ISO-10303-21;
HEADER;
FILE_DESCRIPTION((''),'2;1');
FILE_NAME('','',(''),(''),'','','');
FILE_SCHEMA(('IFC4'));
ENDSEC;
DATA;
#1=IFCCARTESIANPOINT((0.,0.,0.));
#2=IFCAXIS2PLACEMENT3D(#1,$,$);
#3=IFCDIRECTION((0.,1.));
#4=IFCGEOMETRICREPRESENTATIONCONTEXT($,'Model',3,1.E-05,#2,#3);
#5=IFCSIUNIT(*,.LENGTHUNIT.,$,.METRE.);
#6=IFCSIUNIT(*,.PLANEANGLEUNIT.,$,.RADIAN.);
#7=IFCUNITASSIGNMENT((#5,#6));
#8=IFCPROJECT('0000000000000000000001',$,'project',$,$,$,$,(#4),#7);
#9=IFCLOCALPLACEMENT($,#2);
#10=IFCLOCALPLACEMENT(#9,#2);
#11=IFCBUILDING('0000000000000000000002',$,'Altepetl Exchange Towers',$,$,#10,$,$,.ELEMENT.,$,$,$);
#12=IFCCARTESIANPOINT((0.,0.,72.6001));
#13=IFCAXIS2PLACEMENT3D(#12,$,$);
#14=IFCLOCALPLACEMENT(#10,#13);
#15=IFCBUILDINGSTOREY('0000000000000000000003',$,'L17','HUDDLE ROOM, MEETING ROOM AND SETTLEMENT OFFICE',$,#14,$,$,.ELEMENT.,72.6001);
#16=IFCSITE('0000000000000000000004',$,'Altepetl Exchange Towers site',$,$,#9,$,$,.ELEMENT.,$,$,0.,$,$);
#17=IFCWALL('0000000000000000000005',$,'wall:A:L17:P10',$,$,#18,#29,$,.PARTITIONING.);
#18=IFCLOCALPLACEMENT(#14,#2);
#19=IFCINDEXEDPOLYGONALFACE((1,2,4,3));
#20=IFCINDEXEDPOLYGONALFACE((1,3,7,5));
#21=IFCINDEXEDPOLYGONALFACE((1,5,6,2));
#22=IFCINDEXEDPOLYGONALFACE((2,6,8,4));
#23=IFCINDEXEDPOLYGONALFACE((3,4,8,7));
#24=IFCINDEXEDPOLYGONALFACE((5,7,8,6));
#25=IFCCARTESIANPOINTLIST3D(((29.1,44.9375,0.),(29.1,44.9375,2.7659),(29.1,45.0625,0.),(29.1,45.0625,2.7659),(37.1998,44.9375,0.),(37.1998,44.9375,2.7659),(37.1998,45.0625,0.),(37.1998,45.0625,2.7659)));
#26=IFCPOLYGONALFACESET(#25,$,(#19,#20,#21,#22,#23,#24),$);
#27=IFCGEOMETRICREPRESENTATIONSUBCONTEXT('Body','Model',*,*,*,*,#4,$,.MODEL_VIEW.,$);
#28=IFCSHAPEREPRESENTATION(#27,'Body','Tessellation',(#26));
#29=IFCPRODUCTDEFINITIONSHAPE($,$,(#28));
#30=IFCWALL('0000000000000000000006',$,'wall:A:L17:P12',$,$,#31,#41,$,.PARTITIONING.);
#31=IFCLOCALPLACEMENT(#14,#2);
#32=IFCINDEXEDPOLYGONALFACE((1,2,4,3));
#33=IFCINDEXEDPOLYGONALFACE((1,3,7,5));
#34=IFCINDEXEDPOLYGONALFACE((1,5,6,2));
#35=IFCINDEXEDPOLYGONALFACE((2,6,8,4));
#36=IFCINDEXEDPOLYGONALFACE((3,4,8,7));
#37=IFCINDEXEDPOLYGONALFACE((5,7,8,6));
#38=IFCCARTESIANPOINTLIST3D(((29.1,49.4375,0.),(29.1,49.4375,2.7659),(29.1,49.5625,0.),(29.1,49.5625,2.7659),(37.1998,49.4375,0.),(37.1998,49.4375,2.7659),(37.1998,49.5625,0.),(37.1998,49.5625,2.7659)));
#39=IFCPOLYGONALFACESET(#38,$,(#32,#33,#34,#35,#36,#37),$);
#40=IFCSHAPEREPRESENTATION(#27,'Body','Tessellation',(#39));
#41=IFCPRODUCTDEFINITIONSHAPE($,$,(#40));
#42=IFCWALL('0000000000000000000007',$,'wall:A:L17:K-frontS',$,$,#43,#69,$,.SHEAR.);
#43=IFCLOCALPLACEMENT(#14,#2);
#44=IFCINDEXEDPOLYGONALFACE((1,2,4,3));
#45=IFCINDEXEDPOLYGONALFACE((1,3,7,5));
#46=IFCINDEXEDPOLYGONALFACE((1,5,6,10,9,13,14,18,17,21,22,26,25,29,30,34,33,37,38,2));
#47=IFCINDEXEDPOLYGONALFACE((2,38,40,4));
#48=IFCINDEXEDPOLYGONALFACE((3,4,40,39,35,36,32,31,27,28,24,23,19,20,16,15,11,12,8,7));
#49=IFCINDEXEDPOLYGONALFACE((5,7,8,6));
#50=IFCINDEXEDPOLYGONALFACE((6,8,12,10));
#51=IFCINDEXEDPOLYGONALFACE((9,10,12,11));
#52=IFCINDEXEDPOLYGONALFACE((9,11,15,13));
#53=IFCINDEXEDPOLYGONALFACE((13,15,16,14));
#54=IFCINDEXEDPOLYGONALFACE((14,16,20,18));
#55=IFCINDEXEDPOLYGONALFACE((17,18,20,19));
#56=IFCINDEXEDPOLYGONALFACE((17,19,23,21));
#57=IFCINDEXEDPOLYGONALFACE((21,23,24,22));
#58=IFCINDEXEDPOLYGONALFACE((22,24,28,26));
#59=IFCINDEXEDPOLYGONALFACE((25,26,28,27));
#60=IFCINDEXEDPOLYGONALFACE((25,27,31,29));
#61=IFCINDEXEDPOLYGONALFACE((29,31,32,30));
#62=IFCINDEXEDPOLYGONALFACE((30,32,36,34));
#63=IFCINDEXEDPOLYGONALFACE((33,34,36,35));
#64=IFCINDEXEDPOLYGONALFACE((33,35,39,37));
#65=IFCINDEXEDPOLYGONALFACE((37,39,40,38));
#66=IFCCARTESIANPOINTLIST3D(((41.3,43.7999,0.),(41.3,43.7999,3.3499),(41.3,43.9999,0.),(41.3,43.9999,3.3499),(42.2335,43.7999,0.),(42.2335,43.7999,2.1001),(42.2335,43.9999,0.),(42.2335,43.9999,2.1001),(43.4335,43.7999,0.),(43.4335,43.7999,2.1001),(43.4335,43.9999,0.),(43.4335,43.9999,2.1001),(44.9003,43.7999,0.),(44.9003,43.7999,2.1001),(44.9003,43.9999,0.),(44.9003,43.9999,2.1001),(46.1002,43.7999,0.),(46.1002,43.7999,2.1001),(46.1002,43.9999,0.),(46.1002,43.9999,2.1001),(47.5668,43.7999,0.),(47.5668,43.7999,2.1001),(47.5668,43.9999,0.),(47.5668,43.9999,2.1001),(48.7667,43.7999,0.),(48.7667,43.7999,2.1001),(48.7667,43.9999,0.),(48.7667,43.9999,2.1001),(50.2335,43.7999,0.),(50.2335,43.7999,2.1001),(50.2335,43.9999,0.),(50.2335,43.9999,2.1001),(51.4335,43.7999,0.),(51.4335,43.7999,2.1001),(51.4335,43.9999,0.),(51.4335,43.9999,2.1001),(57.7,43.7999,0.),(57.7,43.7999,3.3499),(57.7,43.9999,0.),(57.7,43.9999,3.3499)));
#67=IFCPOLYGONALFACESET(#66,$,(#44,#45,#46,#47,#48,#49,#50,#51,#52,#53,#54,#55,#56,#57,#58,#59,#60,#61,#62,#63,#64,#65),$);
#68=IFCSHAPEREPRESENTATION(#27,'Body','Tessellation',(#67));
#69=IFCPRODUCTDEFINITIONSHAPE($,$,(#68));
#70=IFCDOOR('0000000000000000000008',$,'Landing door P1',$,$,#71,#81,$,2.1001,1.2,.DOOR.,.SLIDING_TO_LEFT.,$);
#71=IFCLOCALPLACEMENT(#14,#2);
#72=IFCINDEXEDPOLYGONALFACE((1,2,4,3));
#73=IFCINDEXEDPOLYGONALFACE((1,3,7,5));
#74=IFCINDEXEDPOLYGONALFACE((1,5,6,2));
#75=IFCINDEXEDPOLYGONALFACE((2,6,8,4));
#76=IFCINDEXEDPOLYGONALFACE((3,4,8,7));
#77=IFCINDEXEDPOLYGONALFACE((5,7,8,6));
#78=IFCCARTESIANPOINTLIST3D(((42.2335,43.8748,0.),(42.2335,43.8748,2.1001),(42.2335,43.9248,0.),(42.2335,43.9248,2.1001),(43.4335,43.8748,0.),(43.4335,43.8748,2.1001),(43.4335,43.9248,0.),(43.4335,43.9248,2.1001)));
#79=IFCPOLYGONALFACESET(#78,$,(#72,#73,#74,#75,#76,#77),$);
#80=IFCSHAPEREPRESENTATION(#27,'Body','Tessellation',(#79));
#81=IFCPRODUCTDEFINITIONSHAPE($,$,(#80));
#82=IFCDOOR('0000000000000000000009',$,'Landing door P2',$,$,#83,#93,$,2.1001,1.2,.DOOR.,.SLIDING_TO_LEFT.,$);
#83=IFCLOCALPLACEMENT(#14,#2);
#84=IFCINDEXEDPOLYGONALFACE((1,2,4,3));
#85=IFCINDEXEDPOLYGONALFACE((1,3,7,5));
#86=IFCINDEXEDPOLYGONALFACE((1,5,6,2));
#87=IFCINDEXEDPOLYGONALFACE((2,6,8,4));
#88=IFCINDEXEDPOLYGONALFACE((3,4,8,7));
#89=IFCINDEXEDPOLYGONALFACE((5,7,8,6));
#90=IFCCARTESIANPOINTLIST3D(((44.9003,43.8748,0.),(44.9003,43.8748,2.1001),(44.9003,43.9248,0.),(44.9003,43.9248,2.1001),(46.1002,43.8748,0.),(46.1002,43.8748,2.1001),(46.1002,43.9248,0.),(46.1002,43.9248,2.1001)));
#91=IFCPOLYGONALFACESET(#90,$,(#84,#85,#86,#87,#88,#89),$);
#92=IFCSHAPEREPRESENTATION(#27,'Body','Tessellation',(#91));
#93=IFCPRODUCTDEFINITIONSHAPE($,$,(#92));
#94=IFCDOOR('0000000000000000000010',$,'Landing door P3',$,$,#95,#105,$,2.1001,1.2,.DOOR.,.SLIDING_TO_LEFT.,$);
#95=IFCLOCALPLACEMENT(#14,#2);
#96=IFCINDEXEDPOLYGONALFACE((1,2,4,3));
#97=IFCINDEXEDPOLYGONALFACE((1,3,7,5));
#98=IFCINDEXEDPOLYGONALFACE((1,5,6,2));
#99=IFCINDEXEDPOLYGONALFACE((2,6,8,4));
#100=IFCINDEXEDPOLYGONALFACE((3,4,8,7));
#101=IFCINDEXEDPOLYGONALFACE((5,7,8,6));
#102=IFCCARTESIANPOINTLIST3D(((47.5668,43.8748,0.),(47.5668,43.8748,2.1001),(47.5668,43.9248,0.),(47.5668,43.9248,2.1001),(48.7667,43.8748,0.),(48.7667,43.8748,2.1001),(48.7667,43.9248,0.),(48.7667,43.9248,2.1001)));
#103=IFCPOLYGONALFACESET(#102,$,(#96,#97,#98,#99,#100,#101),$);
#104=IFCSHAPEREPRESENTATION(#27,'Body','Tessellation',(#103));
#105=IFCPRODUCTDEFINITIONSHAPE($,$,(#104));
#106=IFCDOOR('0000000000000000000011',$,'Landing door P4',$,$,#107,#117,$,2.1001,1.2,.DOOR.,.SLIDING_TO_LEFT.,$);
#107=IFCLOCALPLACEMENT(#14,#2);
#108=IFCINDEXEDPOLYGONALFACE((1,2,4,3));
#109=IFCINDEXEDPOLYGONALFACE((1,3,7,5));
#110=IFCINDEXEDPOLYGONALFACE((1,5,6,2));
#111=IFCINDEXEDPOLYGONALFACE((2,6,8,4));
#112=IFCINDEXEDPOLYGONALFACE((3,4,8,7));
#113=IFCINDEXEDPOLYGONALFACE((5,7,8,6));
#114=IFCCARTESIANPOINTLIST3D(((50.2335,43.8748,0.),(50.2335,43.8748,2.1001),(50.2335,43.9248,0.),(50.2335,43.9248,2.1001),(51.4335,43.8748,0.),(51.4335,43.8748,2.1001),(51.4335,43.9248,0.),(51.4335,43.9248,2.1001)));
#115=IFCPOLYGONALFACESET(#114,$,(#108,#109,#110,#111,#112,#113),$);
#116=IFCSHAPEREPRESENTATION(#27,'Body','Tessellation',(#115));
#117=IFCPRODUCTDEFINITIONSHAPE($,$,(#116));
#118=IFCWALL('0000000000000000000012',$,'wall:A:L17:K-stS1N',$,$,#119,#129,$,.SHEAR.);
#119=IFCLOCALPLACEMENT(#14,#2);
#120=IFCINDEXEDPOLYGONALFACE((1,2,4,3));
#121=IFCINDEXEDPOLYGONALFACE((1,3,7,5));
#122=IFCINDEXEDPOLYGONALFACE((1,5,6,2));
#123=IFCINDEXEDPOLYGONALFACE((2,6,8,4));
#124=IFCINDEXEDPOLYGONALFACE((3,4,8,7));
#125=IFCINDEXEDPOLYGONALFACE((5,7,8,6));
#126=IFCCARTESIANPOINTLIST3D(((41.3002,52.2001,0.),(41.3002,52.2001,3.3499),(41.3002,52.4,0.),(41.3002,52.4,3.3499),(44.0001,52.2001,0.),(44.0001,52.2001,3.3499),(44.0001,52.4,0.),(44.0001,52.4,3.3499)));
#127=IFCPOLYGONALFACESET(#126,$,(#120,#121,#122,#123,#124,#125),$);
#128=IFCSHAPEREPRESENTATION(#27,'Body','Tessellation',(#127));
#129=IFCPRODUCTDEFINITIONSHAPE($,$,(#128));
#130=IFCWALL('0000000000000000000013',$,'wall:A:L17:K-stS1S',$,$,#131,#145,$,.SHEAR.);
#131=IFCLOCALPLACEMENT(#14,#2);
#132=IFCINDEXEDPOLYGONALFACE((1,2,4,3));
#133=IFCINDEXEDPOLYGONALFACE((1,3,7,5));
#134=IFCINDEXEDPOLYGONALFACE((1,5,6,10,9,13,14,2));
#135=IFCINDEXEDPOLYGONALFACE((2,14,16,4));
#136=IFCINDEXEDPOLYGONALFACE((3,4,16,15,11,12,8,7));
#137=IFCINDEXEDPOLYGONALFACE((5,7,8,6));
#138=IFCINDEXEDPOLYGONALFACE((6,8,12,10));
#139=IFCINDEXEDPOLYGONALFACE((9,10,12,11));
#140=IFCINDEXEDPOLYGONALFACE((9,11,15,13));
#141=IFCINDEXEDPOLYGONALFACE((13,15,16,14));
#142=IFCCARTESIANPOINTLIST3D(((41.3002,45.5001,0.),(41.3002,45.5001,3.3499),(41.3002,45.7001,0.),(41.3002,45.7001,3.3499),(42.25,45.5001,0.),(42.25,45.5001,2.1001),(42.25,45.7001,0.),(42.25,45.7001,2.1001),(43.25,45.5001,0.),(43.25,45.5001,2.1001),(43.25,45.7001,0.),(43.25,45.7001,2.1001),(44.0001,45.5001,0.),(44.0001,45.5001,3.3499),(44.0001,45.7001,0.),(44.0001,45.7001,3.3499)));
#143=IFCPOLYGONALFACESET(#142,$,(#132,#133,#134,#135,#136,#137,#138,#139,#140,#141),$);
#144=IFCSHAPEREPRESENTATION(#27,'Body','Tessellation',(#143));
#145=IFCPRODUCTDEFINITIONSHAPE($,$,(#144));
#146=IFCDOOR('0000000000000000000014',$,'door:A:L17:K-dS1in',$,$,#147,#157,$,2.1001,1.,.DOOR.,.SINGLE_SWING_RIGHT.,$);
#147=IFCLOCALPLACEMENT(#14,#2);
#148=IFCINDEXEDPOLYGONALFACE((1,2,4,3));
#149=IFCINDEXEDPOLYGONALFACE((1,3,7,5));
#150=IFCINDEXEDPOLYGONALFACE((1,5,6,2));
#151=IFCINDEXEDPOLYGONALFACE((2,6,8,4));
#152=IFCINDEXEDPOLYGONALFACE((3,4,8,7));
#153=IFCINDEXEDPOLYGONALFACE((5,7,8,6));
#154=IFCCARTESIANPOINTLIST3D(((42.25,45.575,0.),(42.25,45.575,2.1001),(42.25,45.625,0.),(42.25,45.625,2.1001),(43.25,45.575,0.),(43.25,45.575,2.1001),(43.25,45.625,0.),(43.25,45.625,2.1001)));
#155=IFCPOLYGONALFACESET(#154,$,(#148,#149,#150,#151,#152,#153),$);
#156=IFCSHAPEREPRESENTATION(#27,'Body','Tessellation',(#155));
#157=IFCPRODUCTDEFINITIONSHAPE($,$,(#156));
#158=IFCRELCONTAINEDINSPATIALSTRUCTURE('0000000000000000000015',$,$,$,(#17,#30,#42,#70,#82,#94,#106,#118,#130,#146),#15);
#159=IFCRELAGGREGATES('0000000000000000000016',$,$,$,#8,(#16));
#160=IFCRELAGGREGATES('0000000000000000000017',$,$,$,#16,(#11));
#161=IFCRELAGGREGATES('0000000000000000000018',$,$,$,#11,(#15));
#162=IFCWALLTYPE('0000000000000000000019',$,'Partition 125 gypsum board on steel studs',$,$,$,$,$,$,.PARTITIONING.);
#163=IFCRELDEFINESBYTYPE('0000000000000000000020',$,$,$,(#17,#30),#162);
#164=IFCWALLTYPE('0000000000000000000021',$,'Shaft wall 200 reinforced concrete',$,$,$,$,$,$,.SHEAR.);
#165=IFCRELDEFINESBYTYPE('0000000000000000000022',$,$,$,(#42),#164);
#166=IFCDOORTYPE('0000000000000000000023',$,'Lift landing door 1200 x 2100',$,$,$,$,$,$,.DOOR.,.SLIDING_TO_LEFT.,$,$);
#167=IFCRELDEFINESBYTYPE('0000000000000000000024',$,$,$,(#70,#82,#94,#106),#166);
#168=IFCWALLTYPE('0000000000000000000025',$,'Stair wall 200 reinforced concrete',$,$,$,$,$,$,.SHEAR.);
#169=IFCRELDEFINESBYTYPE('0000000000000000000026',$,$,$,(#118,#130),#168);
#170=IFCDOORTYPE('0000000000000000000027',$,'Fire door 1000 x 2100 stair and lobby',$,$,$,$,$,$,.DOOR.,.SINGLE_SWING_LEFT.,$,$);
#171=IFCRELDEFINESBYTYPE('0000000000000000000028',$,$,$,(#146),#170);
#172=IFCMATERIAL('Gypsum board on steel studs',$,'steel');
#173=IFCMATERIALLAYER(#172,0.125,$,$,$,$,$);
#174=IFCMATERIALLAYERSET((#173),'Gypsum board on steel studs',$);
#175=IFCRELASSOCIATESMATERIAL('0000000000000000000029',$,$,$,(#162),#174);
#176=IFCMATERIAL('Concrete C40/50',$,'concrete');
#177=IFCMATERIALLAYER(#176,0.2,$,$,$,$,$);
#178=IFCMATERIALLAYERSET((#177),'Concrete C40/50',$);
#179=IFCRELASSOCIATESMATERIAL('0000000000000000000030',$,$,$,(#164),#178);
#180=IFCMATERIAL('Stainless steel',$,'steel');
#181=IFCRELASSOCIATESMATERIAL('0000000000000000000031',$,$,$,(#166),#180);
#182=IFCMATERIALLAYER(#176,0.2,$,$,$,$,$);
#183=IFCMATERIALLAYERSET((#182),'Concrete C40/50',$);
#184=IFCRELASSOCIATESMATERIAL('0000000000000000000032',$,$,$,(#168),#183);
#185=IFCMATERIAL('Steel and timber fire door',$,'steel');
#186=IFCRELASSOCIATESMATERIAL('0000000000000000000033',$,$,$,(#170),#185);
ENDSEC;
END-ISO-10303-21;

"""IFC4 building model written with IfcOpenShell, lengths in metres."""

from ifc_helpers import new_model, si_unit, direction, frame, frame_2d, origin, place, context, subcontext, project, spatial, rectangle, extrude, material, layer, layer_set, type_object, element, fill, save


model = new_model("IFC4")

# Units and contexts
model_context = context("Model", 3, precision=1e-05, world=origin(), true_north=direction((0.0, 1.0)))
body_context = subcontext(model_context, "Body", "Model", "MODEL_VIEW")
ifc_project = project(units=[si_unit("LENGTHUNIT", "METRE"), si_unit("PLANEANGLEUNIT", "RADIAN")], contexts=[model_context])

# Site, building, storey
site_placement = place(None, origin())
site = spatial("IfcSite", under=ifc_project, at=site_placement, Name="Altepetl Exchange Towers site", CompositionType="ELEMENT", RefElevation=0.0)
building_placement = place(site_placement, origin())
building = spatial("IfcBuilding", under=site, at=building_placement, Name="Altepetl Exchange Towers", CompositionType="ELEMENT")
storey_placement = place(building_placement, frame((0.0, 0.0, 72.6001)))
storey = spatial("IfcBuildingStorey", under=building, at=storey_placement, Name="L17", Description="HUDDLE ROOM, MEETING ROOM AND SETTLEMENT OFFICE", CompositionType="ELEMENT", Elevation=72.6001)

# Walls
ifc_material_1 = material(Name="Gypsum board on steel studs", Category="steel")
ifc_layer_1 = layer(ifc_material_1, 0.125)
ifc_layer_set_1 = layer_set([ifc_layer_1], Name="Gypsum board on steel studs")
wall_type_1 = type_object("IfcWallType", Name="Partition 125 gypsum board on steel studs", PredefinedType="PARTITIONING", material=ifc_layer_set_1)
for number, where, name in (
    (1, (29.1001, 45.0, 0.0), "wall:A:L17:P10"),
    (2, (29.1001, 49.5, 0.0), "wall:A:L17:P12"),
):
    element("IfcWall", number, at=place(storey_placement, frame(where)), inside=storey, type_object=wall_type_1, Name=name, PredefinedType="PARTITIONING", context=body_context, shape_type="SweptSolid", body=[
        extrude(rectangle(XDim=8.0999, YDim=0.125, at=frame_2d((4.0498, 0.0))), origin(), (0.0, 0.0, 1.0), 2.7659),
    ])

# Wall, openings, doors
ifc_material_2 = material(Name="Concrete C40/50", Category="concrete")
ifc_layer_2 = layer(ifc_material_2, 0.2)
ifc_layer_set_2 = layer_set([ifc_layer_2], Name="Concrete C40/50")
wall_type_2 = type_object("IfcWallType", Name="Shaft wall 200 reinforced concrete", PredefinedType="SHEAR", material=ifc_layer_set_2)
wall_1_placement = place(storey_placement, frame((41.3, 43.8999, 0.0)))
wall_1 = element("IfcWall", 3, at=wall_1_placement, inside=storey, type_object=wall_type_2, Name="wall:A:L17:K-frontS", PredefinedType="SHEAR", context=body_context, shape_type="SweptSolid", body=[
    extrude(rectangle(XDim=16.3999, YDim=0.2, at=frame_2d((8.2, 0.0))), origin(), (0.0, 0.0, 1.0), 3.3499),
])
opening_1_placement = place(wall_1_placement, frame((0.9333, 0.0, 0.0)))
opening_1 = element("IfcOpeningElement", 4, at=opening_1_placement, cuts=wall_1, PredefinedType="OPENING", context=body_context, shape_type="SweptSolid", body=[
    extrude(rectangle(XDim=1.2, YDim=2.1001, at=frame_2d((0.6001, 1.05))), frame((0.0, 0.1099, 0.0), z_axis=(0.0, -1.0, 0.0), x_axis=(1.0, 0.0, 0.0)), (0.0, 0.0, 1.0), 0.22),
])
opening_2_placement = place(wall_1_placement, frame((3.6001, 0.0, 0.0)))
opening_2 = element("IfcOpeningElement", 5, at=opening_2_placement, cuts=wall_1, PredefinedType="OPENING", context=body_context, shape_type="SweptSolid", body=[
    extrude(rectangle(XDim=1.2, YDim=2.1001, at=frame_2d((0.6001, 1.05))), frame((0.0, 0.1099, 0.0), z_axis=(0.0, -1.0, 0.0), x_axis=(1.0, 0.0, 0.0)), (0.0, 0.0, 1.0), 0.22),
])
opening_3_placement = place(wall_1_placement, frame((6.2666, 0.0, 0.0)))
opening_3 = element("IfcOpeningElement", 6, at=opening_3_placement, cuts=wall_1, PredefinedType="OPENING", context=body_context, shape_type="SweptSolid", body=[
    extrude(rectangle(XDim=1.2, YDim=2.1001, at=frame_2d((0.6001, 1.05))), frame((0.0, 0.1099, 0.0), z_axis=(0.0, -1.0, 0.0), x_axis=(1.0, 0.0, 0.0)), (0.0, 0.0, 1.0), 0.22),
])
opening_4_placement = place(wall_1_placement, frame((8.9333, 0.0, 0.0)))
opening_4 = element("IfcOpeningElement", 7, at=opening_4_placement, cuts=wall_1, PredefinedType="OPENING", context=body_context, shape_type="SweptSolid", body=[
    extrude(rectangle(XDim=1.2, YDim=2.1001, at=frame_2d((0.6001, 1.05))), frame((0.0, 0.1099, 0.0), z_axis=(0.0, -1.0, 0.0), x_axis=(1.0, 0.0, 0.0)), (0.0, 0.0, 1.0), 0.22),
])
ifc_material_3 = material(Name="Stainless steel", Category="steel")
door_type_1 = type_object("IfcDoorType", Name="Lift landing door 1200 x 2100", OperationType="SLIDING_TO_LEFT", PredefinedType="DOOR", material=ifc_material_3)
door_1_placement = place(opening_1_placement, origin())
door_1 = element("IfcDoor", 8, at=door_1_placement, inside=storey, type_object=door_type_1, Name="Landing door P1", OperationType="SLIDING_TO_LEFT", OverallHeight=2.1001, OverallWidth=1.2, PredefinedType="DOOR", context=body_context, shape_type="SweptSolid", body=[
    extrude(rectangle(XDim=1.2, YDim=2.1001, at=frame_2d((0.6001, 1.05))), frame((0.0, 0.0249, 0.0), z_axis=(0.0, -1.0, 0.0), x_axis=(1.0, 0.0, 0.0)), (0.0, 0.0, 1.0), 0.05),
])
fill(opening_1, door_1)
door_2_placement = place(opening_2_placement, origin())
door_2 = element("IfcDoor", 9, at=door_2_placement, inside=storey, type_object=door_type_1, Name="Landing door P2", OperationType="SLIDING_TO_LEFT", OverallHeight=2.1001, OverallWidth=1.2, PredefinedType="DOOR", context=body_context, shape_type="SweptSolid", body=[
    extrude(rectangle(XDim=1.2, YDim=2.1001, at=frame_2d((0.6001, 1.05))), frame((0.0, 0.0249, 0.0), z_axis=(0.0, -1.0, 0.0), x_axis=(1.0, 0.0, 0.0)), (0.0, 0.0, 1.0), 0.05),
])
fill(opening_2, door_2)
door_3_placement = place(opening_3_placement, origin())
door_3 = element("IfcDoor", 10, at=door_3_placement, inside=storey, type_object=door_type_1, Name="Landing door P3", OperationType="SLIDING_TO_LEFT", OverallHeight=2.1001, OverallWidth=1.2, PredefinedType="DOOR", context=body_context, shape_type="SweptSolid", body=[
    extrude(rectangle(XDim=1.2, YDim=2.1001, at=frame_2d((0.6001, 1.05))), frame((0.0, 0.0249, 0.0), z_axis=(0.0, -1.0, 0.0), x_axis=(1.0, 0.0, 0.0)), (0.0, 0.0, 1.0), 0.05),
])
fill(opening_3, door_3)
door_4_placement = place(opening_4_placement, origin())
door_4 = element("IfcDoor", 11, at=door_4_placement, inside=storey, type_object=door_type_1, Name="Landing door P4", OperationType="SLIDING_TO_LEFT", OverallHeight=2.1001, OverallWidth=1.2, PredefinedType="DOOR", context=body_context, shape_type="SweptSolid", body=[
    extrude(rectangle(XDim=1.2, YDim=2.1001, at=frame_2d((0.6001, 1.05))), frame((0.0, 0.0249, 0.0), z_axis=(0.0, -1.0, 0.0), x_axis=(1.0, 0.0, 0.0)), (0.0, 0.0, 1.0), 0.05),
])
fill(opening_4, door_4)

# Wall
ifc_layer_3 = layer(ifc_material_2, 0.2)
ifc_layer_set_3 = layer_set([ifc_layer_3], Name="Concrete C40/50")
wall_type_3 = type_object("IfcWallType", Name="Stair wall 200 reinforced concrete", PredefinedType="SHEAR", material=ifc_layer_set_3)
wall_2_placement = place(storey_placement, frame((41.3, 52.3, 0.0)))
element("IfcWall", 12, at=wall_2_placement, inside=storey, type_object=wall_type_3, Name="wall:A:L17:K-stS1N", PredefinedType="SHEAR", context=body_context, shape_type="SweptSolid", body=[
    extrude(rectangle(XDim=2.7, YDim=0.2, at=frame_2d((1.3501, 0.0))), origin(), (0.0, 0.0, 1.0), 3.3499),
])

# Wall, opening, door
wall_3_placement = place(storey_placement, frame((41.3, 45.6001, 0.0)))
wall_3 = element("IfcWall", 13, at=wall_3_placement, inside=storey, type_object=wall_type_3, Name="wall:A:L17:K-stS1S", PredefinedType="SHEAR", context=body_context, shape_type="SweptSolid", body=[
    extrude(rectangle(XDim=2.7, YDim=0.2, at=frame_2d((1.3501, 0.0))), origin(), (0.0, 0.0, 1.0), 3.3499),
])
opening_5_placement = place(wall_3_placement, frame((0.95, 0.0, 0.0)))
opening_5 = element("IfcOpeningElement", 14, at=opening_5_placement, cuts=wall_3, PredefinedType="OPENING", context=body_context, shape_type="SweptSolid", body=[
    extrude(rectangle(XDim=1.0, YDim=2.1001, at=frame_2d((0.5, 1.05))), frame((0.0, 0.1099, 0.0), z_axis=(0.0, -1.0, 0.0), x_axis=(1.0, 0.0, 0.0)), (0.0, 0.0, 1.0), 0.22),
])
ifc_material_4 = material(Name="Steel and timber fire door", Category="steel")
door_type_2 = type_object("IfcDoorType", Name="Fire door 1000 x 2100 stair and lobby", OperationType="SINGLE_SWING_LEFT", PredefinedType="DOOR", material=ifc_material_4)
door_5_placement = place(opening_5_placement, origin())
door_5 = element("IfcDoor", 15, at=door_5_placement, inside=storey, type_object=door_type_2, Name="door:A:L17:K-dS1in", OperationType="SINGLE_SWING_RIGHT", OverallHeight=2.1001, OverallWidth=1.0, PredefinedType="DOOR", context=body_context, shape_type="SweptSolid", body=[
    extrude(rectangle(XDim=1.0, YDim=2.1001, at=frame_2d((0.5, 1.05))), frame((0.0, 0.0249, 0.0), z_axis=(0.0, -1.0, 0.0), x_axis=(1.0, 0.0, 0.0)), (0.0, 0.0, 1.0), 0.05),
])
fill(opening_5, door_5)

save(model, "model.ifc")
